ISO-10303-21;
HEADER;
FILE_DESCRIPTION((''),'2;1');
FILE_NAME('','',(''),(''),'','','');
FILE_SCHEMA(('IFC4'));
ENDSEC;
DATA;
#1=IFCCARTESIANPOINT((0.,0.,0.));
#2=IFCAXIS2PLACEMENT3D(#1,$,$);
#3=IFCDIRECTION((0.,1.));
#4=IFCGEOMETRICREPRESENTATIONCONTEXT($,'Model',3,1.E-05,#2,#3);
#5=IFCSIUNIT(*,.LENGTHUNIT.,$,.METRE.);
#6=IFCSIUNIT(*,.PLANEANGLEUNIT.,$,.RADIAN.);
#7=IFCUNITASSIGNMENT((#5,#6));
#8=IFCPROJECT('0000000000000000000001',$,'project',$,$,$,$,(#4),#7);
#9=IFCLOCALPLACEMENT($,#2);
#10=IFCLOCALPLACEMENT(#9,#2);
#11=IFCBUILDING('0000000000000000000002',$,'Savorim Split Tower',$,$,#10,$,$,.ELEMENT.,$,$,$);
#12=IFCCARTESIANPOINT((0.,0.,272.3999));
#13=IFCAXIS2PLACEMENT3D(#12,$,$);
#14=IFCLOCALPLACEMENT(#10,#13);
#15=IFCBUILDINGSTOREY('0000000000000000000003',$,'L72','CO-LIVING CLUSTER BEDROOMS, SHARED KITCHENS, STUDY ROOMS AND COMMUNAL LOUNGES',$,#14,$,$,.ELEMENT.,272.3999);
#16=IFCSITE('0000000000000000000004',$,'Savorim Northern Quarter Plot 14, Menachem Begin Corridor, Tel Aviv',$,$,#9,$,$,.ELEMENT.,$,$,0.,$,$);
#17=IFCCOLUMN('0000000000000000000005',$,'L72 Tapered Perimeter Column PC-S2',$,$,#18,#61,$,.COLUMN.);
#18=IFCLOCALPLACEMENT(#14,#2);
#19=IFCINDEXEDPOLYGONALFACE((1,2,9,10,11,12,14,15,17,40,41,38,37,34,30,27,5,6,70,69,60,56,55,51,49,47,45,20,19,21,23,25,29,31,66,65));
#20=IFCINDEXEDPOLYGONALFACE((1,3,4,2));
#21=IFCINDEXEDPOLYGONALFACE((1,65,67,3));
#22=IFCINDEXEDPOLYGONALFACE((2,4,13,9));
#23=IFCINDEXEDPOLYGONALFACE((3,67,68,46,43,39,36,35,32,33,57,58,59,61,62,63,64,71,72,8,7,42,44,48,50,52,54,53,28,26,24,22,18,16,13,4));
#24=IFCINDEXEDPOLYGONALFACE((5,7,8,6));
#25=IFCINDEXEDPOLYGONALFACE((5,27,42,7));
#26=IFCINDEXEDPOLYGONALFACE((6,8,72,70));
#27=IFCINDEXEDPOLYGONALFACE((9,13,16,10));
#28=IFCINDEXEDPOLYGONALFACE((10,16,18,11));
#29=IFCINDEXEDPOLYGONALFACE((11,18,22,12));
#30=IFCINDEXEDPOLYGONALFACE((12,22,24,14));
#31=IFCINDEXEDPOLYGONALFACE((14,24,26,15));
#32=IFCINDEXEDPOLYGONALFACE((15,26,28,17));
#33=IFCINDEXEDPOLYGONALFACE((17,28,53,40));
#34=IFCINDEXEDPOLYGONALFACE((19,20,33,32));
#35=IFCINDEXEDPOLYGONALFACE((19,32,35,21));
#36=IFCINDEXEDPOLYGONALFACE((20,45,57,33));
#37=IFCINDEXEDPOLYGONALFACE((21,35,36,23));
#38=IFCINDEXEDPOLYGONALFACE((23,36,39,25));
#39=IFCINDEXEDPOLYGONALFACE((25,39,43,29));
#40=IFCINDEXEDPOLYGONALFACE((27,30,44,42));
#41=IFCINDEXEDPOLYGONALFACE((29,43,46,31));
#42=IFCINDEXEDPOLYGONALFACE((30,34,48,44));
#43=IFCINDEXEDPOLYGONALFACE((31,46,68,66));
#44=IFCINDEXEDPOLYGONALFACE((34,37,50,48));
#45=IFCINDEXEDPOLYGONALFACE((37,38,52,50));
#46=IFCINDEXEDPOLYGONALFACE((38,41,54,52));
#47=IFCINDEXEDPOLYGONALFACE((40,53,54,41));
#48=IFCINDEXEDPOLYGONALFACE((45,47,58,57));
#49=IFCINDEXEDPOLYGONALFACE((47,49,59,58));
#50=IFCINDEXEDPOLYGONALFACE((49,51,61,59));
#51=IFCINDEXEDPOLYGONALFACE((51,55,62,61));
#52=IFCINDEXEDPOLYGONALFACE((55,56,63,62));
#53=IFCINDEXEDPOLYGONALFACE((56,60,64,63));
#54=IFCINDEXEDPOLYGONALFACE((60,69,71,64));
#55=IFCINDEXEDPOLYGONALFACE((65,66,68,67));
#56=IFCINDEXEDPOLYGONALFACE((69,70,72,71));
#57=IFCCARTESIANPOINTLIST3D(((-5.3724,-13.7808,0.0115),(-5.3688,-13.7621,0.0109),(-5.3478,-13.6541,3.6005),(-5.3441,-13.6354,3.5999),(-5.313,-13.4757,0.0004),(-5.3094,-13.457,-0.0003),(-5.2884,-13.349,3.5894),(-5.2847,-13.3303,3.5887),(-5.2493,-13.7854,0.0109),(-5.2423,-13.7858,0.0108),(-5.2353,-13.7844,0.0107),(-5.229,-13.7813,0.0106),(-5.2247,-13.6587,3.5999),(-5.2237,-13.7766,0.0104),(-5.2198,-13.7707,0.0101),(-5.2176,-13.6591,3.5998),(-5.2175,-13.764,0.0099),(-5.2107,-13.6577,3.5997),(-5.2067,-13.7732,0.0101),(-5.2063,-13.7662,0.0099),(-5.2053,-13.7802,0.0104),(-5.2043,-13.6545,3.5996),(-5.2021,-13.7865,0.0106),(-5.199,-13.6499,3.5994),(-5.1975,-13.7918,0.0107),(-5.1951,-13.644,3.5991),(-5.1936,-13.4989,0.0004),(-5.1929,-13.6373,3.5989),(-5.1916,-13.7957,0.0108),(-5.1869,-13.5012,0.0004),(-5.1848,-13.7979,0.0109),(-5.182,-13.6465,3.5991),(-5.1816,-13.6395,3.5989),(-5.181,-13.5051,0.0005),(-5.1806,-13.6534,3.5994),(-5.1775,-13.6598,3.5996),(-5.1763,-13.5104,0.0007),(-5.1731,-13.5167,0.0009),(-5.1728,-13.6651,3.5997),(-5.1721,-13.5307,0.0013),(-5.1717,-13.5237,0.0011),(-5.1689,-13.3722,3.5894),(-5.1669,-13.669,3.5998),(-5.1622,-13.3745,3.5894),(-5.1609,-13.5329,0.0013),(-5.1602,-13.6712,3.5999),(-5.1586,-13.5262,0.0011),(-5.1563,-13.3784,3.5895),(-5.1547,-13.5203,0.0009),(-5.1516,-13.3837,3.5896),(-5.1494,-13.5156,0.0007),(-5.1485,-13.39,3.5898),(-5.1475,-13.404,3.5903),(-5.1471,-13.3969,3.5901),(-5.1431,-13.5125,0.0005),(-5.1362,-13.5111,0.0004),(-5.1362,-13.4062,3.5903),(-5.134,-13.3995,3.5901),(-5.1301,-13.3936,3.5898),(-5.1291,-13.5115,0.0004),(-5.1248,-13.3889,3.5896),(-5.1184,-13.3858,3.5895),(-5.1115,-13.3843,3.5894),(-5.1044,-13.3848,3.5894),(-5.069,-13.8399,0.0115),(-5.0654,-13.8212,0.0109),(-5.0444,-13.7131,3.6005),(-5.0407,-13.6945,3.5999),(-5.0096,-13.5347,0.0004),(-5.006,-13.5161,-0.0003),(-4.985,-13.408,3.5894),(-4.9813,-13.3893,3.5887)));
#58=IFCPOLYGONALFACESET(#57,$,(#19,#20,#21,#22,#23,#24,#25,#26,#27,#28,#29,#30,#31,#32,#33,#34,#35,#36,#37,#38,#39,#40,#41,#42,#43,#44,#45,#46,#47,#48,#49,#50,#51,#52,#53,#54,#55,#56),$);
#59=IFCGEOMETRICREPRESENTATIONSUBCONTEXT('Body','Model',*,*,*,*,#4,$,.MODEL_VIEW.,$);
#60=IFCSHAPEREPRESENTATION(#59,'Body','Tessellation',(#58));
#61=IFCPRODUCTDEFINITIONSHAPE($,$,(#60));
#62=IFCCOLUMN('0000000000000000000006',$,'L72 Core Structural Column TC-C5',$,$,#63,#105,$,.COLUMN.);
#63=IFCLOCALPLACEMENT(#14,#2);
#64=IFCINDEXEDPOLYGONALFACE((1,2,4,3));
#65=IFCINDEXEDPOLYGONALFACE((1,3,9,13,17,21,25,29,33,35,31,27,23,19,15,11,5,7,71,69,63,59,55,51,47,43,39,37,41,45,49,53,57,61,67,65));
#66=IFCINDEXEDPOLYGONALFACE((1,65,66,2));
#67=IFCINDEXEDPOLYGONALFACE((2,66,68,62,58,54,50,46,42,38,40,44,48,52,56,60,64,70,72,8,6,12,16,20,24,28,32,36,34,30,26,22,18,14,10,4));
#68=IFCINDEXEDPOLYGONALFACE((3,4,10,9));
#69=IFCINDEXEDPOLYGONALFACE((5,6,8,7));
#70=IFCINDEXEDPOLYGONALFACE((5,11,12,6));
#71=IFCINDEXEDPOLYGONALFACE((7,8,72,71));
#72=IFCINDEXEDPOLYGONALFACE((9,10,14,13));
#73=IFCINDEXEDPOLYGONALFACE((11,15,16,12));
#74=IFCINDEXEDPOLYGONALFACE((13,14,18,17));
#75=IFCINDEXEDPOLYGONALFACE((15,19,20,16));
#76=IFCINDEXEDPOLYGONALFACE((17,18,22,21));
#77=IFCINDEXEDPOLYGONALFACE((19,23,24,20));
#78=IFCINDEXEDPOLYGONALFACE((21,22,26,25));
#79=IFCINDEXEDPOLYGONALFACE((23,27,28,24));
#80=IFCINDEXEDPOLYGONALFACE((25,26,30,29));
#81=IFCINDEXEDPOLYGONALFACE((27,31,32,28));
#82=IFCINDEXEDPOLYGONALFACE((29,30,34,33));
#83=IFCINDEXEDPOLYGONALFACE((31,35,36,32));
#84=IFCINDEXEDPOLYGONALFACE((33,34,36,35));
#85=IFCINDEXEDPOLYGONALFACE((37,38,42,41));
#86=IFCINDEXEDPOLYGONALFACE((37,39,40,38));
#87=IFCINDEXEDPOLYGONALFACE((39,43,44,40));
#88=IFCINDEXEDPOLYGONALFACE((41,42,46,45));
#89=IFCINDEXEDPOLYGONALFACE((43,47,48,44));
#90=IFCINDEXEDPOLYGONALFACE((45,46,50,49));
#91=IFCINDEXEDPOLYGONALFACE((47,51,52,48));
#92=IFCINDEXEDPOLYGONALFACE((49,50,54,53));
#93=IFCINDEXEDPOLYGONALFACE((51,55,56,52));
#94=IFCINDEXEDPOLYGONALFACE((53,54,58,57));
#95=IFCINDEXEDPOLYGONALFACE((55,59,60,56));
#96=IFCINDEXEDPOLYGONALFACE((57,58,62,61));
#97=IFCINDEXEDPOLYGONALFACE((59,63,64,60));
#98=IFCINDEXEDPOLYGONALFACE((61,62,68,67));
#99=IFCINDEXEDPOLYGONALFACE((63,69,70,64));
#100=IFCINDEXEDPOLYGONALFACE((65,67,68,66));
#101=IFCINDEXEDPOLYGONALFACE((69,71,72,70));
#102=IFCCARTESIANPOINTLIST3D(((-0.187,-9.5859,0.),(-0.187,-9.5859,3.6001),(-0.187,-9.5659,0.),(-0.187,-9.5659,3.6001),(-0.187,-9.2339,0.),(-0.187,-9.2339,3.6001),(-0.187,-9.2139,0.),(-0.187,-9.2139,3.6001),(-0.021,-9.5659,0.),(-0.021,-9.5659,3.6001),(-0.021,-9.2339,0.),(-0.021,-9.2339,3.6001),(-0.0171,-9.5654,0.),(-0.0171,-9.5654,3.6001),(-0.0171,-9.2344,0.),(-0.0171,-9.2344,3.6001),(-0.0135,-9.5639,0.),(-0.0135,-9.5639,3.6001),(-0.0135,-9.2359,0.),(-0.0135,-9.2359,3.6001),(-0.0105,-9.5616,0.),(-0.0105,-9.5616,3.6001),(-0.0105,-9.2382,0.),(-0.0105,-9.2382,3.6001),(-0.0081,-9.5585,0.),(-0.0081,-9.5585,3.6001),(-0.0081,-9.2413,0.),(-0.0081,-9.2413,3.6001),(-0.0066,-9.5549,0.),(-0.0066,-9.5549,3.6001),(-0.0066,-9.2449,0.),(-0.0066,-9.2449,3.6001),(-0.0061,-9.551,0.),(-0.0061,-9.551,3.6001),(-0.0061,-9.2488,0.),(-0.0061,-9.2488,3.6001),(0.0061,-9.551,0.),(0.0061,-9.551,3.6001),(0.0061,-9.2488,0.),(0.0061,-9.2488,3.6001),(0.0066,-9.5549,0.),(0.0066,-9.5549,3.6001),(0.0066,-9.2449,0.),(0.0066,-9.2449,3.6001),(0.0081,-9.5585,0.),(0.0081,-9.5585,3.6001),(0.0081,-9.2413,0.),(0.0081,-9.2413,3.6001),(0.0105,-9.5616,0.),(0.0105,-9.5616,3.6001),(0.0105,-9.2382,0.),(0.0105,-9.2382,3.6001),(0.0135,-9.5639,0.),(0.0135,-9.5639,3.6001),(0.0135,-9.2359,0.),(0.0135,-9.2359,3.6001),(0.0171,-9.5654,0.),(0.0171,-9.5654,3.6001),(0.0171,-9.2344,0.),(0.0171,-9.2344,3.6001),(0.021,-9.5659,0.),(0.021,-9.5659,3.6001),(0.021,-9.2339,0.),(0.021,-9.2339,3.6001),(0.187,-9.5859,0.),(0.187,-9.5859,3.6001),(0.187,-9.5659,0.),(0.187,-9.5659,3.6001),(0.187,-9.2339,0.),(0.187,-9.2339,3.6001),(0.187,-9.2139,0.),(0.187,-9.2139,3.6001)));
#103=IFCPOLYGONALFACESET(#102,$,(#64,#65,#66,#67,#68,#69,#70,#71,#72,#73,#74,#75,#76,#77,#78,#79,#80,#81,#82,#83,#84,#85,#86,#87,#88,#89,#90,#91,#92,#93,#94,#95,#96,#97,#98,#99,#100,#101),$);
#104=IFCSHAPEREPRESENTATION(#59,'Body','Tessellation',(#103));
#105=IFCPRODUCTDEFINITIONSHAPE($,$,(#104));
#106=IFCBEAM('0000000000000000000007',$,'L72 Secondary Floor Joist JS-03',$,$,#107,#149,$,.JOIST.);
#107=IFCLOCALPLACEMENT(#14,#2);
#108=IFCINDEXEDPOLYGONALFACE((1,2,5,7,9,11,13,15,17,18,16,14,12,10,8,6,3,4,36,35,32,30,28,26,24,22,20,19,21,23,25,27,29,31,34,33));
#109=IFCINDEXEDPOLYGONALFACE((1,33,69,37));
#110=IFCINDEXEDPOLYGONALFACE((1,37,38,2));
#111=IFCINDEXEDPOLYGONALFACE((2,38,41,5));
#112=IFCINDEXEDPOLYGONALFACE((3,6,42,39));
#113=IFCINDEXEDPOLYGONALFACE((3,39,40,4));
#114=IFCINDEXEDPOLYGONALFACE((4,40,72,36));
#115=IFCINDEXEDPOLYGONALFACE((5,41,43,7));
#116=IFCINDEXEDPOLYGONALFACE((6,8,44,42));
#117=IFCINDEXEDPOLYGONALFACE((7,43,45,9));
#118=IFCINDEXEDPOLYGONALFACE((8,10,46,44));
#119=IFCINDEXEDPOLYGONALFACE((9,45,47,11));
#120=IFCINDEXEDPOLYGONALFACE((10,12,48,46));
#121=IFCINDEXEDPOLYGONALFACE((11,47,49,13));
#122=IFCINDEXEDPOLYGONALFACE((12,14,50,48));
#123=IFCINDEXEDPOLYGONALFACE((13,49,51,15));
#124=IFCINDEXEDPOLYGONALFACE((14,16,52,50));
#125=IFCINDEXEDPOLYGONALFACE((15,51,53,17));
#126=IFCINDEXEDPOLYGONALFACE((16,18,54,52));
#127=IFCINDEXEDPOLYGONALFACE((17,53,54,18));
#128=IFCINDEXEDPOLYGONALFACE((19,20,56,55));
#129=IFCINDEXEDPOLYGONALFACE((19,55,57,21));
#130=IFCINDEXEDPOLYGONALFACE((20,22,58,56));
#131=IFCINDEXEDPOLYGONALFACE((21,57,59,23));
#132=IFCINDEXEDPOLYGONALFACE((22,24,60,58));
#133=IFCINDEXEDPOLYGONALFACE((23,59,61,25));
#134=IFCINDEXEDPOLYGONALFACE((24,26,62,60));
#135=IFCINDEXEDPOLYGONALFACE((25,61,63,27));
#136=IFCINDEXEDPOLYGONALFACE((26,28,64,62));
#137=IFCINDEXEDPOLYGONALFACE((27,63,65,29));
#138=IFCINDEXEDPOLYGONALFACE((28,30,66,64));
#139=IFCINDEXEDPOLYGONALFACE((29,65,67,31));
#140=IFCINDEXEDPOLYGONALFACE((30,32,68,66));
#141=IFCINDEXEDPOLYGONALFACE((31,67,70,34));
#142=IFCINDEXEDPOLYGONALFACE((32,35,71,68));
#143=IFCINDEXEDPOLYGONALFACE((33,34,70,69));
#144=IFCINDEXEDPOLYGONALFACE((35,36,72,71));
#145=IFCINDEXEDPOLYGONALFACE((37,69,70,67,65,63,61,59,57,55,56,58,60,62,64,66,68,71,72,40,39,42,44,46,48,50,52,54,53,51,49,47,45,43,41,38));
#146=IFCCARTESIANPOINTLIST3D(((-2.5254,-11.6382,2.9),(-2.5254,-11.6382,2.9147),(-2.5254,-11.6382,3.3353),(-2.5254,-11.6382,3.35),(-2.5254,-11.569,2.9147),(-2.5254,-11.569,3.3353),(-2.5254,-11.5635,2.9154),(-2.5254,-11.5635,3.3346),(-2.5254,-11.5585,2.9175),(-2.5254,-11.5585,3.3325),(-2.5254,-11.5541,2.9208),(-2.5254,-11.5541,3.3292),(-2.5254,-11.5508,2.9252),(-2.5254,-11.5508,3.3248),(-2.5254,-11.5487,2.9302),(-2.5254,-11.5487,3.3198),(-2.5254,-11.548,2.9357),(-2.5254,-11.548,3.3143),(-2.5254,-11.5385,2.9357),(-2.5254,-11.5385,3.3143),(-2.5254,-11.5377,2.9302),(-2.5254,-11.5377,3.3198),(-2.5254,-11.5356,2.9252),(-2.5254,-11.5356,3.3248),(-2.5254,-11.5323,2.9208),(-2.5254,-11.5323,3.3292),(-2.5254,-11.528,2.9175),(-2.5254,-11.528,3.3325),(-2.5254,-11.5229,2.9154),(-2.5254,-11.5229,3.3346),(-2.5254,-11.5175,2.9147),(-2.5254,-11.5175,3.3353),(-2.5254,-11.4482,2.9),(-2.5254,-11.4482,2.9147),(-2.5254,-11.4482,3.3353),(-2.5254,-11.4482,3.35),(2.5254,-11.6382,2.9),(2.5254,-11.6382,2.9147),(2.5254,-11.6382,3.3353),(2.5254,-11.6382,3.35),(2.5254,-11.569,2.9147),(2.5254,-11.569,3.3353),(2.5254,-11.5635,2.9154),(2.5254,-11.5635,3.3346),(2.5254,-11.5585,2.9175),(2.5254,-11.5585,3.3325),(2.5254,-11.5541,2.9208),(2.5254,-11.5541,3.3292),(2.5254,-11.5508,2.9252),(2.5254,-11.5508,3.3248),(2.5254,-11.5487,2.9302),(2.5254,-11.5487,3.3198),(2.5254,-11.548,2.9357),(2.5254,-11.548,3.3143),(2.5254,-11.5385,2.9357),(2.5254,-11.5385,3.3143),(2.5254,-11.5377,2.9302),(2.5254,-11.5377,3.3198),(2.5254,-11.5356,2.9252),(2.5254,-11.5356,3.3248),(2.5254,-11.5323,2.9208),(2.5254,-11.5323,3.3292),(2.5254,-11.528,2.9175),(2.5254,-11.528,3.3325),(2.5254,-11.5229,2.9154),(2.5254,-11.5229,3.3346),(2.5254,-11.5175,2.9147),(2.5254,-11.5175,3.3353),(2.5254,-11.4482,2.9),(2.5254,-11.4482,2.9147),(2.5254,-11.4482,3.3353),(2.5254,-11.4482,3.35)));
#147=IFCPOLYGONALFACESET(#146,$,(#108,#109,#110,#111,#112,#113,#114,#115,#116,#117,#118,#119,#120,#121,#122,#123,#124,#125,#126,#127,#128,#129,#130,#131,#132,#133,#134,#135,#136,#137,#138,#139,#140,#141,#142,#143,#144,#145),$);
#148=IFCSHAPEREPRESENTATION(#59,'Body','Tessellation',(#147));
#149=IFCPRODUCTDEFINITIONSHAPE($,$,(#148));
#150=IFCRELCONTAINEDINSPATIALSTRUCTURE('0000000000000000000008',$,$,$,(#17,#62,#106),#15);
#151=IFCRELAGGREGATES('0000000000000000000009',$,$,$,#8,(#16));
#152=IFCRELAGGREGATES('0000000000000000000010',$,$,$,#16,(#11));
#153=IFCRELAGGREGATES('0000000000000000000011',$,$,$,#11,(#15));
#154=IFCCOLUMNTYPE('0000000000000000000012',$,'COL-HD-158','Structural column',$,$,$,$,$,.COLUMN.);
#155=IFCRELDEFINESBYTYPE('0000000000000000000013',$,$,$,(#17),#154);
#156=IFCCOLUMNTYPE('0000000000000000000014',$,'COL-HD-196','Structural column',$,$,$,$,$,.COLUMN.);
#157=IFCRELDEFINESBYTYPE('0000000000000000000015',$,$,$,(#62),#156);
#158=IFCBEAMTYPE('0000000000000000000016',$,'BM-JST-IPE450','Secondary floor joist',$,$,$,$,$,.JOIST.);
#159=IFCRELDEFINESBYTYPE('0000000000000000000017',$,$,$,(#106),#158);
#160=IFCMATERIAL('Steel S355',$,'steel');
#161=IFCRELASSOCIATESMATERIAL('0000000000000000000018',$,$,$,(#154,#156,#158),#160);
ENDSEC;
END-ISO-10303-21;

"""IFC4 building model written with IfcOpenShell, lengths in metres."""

from ifc_helpers import new_model, si_unit, direction, frame, origin, origin_2d, place, context, subcontext, project, spatial, i_section, extrude, material, material_profile, profile_set, type_object, element, save


model = new_model("IFC4")

# Units and contexts
model_context = context("Model", 3, precision=1e-05, world=origin(), true_north=direction((0.0, 1.0)))
body_context = subcontext(model_context, "Body", "Model", "MODEL_VIEW")
ifc_project = project(units=[si_unit("LENGTHUNIT", "METRE"), si_unit("PLANEANGLEUNIT", "RADIAN")], contexts=[model_context])

# Site, building, storey
site_placement = place(None, origin())
site = spatial("IfcSite", under=ifc_project, at=site_placement, Name="Savorim Northern Quarter Plot 14, Menachem Begin Corridor, Tel Aviv", CompositionType="ELEMENT", RefElevation=0.0)
building_placement = place(site_placement, origin())
building = spatial("IfcBuilding", under=site, at=building_placement, Name="Savorim Split Tower", CompositionType="ELEMENT")
storey_placement = place(building_placement, frame((0.0, 0.0, 272.3999)))
storey = spatial("IfcBuildingStorey", under=building, at=storey_placement, Name="L72", Description="CO-LIVING CLUSTER BEDROOMS, SHARED KITCHENS, STUDY ROOMS AND COMMUNAL LOUNGES", CompositionType="ELEMENT", Elevation=272.3999)

# Columns
ifc_material_1 = material(Name="Steel S355", Category="steel")
ifc_material_profile_1 = material_profile(ifc_material_1, i_section(OverallWidth=0.3091, OverallDepth=0.3301, WebThickness=0.0115, FlangeThickness=0.019, FilletRadius=0.0271, at=origin_2d()), Name="HD 320x158")
ifc_profile_set_1 = profile_set([ifc_material_profile_1], Name="Steel S355")
column_type_1 = type_object("IfcColumnType", Name="COL-HD-158", Description="Structural column", PredefinedType="COLUMN", material=ifc_profile_set_1)
column_1_placement = place(storey_placement, frame((-5.1892, -13.6484, 0.0056), z_axis=(0.006866, 0.035283, 0.999354), x_axis=(-0.981586, 0.191022, 0.0)))
element("IfcColumn", 1, at=column_1_placement, inside=storey, type_object=column_type_1, Name="L72 Tapered Perimeter Column PC-S2", PredefinedType="COLUMN", context=body_context, shape_type="SweptSolid", body=[
    extrude(i_section(OverallWidth=0.3091, OverallDepth=0.3301, WebThickness=0.0115, FlangeThickness=0.019, FilletRadius=0.0271, at=origin_2d()), origin(), (0.0, 0.0, 1.0), 3.5913),
])
ifc_material_profile_2 = material_profile(ifc_material_1, i_section(OverallWidth=0.374, OverallDepth=0.3721, WebThickness=0.0122, FlangeThickness=0.02, FilletRadius=0.0149, at=origin_2d()), Name="HD 360x196")
ifc_profile_set_2 = profile_set([ifc_material_profile_2], Name="Steel S355")
column_type_2 = type_object("IfcColumnType", Name="COL-HD-196", Description="Structural column", PredefinedType="COLUMN", material=ifc_profile_set_2)
column_2_placement = place(storey_placement, frame((0.0, -9.3999, 0.0), z_axis=(0.0, 0.0, 1.0), x_axis=(1.0, 0.0, 0.0)))
element("IfcColumn", 2, at=column_2_placement, inside=storey, type_object=column_type_2, Name="L72 Core Structural Column TC-C5", PredefinedType="COLUMN", context=body_context, shape_type="SweptSolid", body=[
    extrude(i_section(OverallWidth=0.374, OverallDepth=0.3721, WebThickness=0.0122, FlangeThickness=0.02, FilletRadius=0.0149, at=origin_2d()), origin(), (0.0, 0.0, 1.0), 3.6001),
])

# Beam
ifc_material_profile_3 = material_profile(ifc_material_1, i_section(OverallWidth=0.1899, OverallDepth=0.45, WebThickness=0.0095, FlangeThickness=0.0146, FilletRadius=0.021, at=origin_2d()), Name="IPE 450")
ifc_profile_set_3 = profile_set([ifc_material_profile_3], Name="Steel S355")
beam_type_1 = type_object("IfcBeamType", Name="BM-JST-IPE450", Description="Secondary floor joist", PredefinedType="JOIST", material=ifc_profile_set_3)
beam_1_placement = place(storey_placement, frame((-2.5254, -11.5432, 3.125), z_axis=(1.0, 0.0, 0.0), x_axis=(0.0, 1.0, 0.0)))
element("IfcBeam", 3, at=beam_1_placement, inside=storey, type_object=beam_type_1, Name="L72 Secondary Floor Joist JS-03", PredefinedType="JOIST", context=body_context, shape_type="SweptSolid", body=[
    extrude(i_section(OverallWidth=0.1899, OverallDepth=0.45, WebThickness=0.0095, FlangeThickness=0.0146, FilletRadius=0.021, at=origin_2d()), origin(), (0.0, 0.0, 1.0), 5.0508),
])

save(model, "model.ifc")
